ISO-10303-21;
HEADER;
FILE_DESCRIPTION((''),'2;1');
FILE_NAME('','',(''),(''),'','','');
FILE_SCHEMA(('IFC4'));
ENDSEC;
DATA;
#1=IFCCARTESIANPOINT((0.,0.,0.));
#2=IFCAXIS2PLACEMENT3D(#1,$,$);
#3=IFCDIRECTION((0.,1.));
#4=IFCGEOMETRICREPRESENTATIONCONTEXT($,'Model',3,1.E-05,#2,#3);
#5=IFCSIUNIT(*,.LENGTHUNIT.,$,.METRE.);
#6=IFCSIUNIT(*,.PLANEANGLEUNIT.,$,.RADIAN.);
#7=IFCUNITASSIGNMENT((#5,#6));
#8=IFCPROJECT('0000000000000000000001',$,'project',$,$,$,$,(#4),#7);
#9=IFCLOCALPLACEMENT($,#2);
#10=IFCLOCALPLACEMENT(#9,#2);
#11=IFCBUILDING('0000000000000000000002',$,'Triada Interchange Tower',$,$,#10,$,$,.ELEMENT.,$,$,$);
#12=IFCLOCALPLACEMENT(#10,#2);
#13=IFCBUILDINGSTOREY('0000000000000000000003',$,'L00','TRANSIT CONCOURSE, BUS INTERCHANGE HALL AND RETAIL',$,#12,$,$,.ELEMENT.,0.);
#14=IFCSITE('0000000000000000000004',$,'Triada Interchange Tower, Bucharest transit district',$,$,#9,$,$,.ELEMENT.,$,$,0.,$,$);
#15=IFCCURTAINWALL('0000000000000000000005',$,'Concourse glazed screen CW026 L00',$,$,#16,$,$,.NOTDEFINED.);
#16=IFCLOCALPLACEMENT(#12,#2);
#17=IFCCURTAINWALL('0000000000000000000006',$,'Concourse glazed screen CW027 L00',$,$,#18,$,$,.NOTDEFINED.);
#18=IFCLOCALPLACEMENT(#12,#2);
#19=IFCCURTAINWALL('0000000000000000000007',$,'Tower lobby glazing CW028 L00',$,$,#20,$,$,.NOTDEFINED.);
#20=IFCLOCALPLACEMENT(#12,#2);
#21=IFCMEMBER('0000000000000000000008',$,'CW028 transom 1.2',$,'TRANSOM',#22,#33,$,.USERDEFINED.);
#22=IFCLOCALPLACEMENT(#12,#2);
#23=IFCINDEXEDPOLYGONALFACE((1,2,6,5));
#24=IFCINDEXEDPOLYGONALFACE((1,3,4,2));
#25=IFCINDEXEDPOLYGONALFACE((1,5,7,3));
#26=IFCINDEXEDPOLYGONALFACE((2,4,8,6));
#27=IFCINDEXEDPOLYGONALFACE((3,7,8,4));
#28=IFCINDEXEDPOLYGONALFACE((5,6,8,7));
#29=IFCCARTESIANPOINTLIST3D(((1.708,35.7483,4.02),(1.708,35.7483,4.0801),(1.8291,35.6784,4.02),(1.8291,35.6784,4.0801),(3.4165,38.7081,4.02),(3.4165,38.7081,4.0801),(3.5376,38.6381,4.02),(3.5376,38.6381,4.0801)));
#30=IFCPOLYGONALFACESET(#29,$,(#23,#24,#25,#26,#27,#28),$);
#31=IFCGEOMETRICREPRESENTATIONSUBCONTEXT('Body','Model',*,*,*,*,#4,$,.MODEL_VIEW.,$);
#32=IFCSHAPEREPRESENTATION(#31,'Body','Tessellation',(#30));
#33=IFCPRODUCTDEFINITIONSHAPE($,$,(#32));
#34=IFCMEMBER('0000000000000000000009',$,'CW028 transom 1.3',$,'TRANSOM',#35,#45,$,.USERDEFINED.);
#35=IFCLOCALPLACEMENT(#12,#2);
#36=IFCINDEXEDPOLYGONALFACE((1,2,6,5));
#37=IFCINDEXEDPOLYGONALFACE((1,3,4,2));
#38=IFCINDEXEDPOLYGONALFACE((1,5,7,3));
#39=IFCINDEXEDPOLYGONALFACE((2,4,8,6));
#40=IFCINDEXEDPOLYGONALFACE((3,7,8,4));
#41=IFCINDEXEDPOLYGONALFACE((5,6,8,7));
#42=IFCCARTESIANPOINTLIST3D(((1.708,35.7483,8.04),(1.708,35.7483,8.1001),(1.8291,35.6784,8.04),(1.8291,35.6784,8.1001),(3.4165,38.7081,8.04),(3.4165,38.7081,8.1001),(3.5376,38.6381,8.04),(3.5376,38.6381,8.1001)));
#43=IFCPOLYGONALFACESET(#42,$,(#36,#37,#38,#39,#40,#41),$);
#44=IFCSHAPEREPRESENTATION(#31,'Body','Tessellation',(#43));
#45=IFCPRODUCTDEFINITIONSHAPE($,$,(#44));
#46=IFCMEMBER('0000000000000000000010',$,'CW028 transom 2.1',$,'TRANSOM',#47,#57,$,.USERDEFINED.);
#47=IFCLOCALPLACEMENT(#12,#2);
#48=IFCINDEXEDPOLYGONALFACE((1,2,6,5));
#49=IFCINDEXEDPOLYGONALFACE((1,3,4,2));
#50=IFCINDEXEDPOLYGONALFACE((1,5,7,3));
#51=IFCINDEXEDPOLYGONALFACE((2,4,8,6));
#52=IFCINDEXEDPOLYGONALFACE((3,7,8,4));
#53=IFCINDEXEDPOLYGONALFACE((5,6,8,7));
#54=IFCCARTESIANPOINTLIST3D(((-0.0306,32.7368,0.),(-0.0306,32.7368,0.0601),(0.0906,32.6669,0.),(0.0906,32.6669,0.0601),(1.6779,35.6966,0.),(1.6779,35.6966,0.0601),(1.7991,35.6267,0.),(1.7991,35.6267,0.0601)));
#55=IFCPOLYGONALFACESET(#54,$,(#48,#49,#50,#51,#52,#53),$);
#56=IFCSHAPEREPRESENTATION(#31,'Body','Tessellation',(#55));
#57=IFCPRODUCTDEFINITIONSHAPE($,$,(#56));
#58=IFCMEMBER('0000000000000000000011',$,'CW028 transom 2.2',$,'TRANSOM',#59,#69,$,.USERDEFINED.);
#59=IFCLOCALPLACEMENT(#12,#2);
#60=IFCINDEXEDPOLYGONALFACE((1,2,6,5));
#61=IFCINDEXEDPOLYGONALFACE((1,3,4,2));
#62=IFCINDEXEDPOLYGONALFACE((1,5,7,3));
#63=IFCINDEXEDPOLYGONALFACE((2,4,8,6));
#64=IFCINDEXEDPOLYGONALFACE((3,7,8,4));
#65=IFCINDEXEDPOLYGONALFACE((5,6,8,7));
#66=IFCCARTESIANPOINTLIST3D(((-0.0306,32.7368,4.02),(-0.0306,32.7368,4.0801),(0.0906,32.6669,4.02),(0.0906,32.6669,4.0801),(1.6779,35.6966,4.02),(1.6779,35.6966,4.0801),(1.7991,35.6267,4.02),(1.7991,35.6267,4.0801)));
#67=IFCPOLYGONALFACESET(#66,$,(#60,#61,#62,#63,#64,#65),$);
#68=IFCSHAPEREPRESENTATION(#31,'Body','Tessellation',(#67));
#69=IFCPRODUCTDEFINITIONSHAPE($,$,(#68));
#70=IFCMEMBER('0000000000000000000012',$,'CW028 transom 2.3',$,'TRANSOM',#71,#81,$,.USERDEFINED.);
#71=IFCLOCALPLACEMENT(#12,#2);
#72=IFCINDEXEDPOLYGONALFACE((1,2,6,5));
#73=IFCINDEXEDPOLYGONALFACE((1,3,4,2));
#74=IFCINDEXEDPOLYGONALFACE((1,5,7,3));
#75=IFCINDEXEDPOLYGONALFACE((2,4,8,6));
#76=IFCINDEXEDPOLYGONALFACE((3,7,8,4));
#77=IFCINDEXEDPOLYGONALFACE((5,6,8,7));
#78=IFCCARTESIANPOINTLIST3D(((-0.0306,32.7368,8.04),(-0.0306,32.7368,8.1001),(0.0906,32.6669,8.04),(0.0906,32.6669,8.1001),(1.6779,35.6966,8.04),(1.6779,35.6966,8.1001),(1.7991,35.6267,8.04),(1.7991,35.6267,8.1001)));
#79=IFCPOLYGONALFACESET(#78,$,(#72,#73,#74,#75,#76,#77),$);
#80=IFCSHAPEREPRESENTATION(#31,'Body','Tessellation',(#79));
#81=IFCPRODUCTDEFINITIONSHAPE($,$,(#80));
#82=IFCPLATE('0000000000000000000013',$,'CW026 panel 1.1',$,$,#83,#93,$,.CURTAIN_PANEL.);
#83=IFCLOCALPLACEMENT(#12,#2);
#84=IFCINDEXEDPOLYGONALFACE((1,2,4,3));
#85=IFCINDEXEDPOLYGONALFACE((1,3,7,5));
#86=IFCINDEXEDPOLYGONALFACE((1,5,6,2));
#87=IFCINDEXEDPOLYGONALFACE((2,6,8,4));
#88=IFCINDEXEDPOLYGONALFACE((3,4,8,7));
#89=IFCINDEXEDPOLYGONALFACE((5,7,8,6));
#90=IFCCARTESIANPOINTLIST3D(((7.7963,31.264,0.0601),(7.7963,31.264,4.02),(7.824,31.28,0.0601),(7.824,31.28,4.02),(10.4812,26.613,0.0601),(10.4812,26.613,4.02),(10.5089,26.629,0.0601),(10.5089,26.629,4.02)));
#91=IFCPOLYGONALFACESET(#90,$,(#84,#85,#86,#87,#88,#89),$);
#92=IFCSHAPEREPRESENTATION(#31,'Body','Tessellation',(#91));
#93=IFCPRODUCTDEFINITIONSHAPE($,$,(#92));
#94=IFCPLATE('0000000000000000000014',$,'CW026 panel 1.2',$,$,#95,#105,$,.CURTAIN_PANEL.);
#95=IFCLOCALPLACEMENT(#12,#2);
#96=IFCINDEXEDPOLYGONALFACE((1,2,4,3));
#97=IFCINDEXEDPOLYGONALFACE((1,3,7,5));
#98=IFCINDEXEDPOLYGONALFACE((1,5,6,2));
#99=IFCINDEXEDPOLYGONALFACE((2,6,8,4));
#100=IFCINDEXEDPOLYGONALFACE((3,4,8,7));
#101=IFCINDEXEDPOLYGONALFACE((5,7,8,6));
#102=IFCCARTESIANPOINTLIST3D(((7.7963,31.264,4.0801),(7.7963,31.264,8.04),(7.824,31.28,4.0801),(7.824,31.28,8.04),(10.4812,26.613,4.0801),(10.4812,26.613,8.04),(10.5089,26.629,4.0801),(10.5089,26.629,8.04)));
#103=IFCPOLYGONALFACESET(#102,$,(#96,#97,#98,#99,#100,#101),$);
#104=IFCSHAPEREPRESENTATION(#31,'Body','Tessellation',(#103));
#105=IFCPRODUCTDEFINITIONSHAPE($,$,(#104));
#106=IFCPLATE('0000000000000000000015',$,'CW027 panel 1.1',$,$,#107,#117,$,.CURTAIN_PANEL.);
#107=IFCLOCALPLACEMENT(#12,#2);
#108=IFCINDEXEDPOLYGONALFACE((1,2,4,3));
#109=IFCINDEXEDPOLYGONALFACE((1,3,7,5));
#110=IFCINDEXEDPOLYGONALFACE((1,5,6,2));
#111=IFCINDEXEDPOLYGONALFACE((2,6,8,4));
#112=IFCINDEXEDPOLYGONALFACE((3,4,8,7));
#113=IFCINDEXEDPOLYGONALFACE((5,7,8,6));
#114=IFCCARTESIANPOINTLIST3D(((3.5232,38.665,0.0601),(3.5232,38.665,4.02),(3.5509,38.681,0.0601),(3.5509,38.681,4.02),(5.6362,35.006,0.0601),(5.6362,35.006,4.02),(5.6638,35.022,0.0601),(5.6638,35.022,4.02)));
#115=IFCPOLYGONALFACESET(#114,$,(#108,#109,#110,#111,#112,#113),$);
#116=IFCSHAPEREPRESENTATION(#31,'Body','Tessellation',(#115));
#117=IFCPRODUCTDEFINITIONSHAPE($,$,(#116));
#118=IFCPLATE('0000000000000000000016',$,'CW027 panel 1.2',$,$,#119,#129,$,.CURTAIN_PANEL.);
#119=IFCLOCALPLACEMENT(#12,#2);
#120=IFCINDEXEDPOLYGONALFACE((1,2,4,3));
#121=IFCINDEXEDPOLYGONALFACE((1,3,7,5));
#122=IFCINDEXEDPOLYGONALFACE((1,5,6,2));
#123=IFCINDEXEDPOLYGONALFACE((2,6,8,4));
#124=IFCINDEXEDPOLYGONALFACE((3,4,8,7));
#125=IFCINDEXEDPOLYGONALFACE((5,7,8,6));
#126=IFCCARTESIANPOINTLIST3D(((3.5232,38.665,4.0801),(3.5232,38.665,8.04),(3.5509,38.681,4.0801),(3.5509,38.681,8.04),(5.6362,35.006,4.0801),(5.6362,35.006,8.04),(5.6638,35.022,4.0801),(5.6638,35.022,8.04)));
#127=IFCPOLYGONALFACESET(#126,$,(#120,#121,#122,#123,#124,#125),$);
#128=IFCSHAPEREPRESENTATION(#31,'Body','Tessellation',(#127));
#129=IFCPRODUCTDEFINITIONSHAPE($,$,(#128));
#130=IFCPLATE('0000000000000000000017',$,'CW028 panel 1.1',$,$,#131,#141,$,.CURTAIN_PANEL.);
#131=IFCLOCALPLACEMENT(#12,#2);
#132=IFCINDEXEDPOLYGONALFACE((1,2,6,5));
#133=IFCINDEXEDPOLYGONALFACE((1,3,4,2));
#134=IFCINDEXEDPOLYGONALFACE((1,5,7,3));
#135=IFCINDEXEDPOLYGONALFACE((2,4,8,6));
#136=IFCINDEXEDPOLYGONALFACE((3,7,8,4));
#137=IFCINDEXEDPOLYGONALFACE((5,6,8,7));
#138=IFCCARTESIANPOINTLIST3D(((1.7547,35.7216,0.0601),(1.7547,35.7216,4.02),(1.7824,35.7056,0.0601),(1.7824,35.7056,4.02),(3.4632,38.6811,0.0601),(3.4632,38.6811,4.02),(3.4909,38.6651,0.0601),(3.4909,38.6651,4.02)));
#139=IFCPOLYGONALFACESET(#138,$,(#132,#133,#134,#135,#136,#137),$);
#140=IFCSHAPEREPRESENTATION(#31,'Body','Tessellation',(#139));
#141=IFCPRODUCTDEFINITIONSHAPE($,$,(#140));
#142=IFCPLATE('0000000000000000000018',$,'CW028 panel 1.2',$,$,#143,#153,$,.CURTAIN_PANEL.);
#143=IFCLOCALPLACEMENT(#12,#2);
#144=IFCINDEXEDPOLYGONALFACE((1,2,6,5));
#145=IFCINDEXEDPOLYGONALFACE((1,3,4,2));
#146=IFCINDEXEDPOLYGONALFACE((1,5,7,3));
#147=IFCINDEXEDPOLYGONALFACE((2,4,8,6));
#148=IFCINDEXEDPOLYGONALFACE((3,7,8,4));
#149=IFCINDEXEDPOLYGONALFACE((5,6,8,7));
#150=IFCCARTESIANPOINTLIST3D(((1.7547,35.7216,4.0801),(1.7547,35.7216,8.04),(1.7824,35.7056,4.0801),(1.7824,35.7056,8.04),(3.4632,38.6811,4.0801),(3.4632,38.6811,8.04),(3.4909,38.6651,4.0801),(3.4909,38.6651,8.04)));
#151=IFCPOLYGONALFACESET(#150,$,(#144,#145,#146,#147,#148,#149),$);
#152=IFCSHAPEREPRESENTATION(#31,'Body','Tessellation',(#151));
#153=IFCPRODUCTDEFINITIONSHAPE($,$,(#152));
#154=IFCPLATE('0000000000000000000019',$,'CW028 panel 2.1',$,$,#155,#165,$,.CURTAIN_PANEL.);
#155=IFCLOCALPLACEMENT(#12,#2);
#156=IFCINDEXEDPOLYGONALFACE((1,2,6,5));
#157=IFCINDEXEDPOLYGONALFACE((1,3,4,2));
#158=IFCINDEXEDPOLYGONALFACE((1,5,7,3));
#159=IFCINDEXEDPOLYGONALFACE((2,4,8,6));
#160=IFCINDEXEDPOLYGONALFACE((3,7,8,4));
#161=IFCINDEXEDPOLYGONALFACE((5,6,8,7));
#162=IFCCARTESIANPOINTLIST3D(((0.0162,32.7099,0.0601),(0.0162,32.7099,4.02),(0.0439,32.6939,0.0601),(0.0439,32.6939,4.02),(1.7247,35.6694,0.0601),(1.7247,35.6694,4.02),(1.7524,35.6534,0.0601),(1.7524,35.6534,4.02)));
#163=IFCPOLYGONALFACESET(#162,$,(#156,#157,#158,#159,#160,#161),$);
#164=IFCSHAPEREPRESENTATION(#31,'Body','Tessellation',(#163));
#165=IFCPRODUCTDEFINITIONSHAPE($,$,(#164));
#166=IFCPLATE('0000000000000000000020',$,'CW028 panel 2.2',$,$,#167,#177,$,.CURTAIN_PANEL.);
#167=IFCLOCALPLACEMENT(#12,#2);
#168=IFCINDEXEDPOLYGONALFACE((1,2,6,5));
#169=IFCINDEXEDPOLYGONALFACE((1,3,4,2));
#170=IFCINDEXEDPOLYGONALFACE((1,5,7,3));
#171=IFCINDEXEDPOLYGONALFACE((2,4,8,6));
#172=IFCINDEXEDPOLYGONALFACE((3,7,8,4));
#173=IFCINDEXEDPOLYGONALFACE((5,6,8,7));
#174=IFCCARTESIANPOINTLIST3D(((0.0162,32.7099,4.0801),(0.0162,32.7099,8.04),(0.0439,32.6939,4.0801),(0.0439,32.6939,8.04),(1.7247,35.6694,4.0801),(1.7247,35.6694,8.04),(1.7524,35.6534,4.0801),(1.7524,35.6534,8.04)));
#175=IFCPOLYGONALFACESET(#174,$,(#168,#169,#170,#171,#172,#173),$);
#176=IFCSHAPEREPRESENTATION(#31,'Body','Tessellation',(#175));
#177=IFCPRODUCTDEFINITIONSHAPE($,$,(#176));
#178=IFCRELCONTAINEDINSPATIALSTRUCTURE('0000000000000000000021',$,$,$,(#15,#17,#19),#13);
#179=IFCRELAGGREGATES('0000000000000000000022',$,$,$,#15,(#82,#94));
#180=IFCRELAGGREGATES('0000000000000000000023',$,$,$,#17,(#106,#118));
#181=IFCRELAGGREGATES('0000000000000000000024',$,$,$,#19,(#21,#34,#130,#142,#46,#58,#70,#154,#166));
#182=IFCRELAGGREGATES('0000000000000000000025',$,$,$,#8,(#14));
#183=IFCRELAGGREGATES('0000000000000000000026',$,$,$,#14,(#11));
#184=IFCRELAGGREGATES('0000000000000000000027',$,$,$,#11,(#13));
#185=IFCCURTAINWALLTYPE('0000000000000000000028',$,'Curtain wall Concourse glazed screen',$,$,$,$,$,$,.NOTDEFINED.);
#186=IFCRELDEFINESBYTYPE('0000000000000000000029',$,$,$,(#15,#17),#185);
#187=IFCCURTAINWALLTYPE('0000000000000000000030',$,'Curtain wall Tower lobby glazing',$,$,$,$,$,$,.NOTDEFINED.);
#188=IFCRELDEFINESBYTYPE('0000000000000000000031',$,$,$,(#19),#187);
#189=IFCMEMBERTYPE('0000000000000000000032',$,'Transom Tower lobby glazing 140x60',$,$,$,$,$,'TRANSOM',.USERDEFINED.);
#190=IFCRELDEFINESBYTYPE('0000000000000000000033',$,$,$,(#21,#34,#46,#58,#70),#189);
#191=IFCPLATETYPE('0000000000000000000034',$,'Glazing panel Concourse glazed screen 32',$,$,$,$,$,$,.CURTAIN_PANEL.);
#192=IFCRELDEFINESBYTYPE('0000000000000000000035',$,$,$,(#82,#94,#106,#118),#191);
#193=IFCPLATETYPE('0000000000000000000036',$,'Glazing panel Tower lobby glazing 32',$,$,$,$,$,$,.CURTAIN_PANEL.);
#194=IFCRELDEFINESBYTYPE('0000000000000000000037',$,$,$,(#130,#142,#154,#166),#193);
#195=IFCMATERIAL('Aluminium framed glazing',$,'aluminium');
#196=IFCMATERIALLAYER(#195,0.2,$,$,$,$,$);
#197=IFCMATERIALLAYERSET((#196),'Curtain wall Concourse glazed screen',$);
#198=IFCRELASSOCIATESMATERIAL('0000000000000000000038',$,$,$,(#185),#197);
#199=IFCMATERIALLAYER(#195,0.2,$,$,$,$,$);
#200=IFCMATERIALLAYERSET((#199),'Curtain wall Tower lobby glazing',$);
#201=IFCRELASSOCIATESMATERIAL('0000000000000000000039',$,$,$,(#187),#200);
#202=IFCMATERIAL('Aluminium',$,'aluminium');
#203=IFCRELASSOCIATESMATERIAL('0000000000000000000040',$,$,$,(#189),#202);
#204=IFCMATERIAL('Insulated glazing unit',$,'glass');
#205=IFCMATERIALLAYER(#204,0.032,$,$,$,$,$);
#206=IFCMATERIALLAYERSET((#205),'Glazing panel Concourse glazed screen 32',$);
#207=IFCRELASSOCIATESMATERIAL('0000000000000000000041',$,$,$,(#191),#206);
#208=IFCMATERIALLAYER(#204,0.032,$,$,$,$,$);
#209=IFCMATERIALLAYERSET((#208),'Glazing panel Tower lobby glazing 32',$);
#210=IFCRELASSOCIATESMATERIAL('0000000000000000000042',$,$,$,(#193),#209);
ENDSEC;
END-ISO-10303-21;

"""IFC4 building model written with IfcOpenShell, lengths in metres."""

from ifc_helpers import new_model, si_unit, direction, frame, origin, origin_2d, place, context, subcontext, project, spatial, rectangle, extrude, material, layer, layer_set, material_profile, profile_set, type_object, element, aggregate, save


model = new_model("IFC4")

# Units and contexts
model_context = context("Model", 3, precision=1e-05, world=origin(), true_north=direction((0.0, 1.0)))
body_context = subcontext(model_context, "Body", "Model", "MODEL_VIEW")
ifc_project = project(units=[si_unit("LENGTHUNIT", "METRE"), si_unit("PLANEANGLEUNIT", "RADIAN")], contexts=[model_context])

# Site, building, storey
site_placement = place(None, origin())
site = spatial("IfcSite", under=ifc_project, at=site_placement, Name="Triada Interchange Tower, Bucharest transit district", CompositionType="ELEMENT", RefElevation=0.0)
building_placement = place(site_placement, origin())
building = spatial("IfcBuilding", under=site, at=building_placement, Name="Triada Interchange Tower", CompositionType="ELEMENT")
storey_placement = place(building_placement, origin())
storey = spatial("IfcBuildingStorey", under=building, at=storey_placement, Name="L00", Description="TRANSIT CONCOURSE, BUS INTERCHANGE HALL AND RETAIL", CompositionType="ELEMENT", Elevation=0.0)

# Curtain wall
ifc_material_1 = material(Name="Aluminium framed glazing", Category="aluminium")
ifc_layer_1 = layer(ifc_material_1, 0.2)
ifc_layer_set_1 = layer_set([ifc_layer_1], Name="Curtain wall Concourse glazed screen")
curtain_wall_type_1 = type_object("IfcCurtainWallType", Name="Curtain wall Concourse glazed screen", PredefinedType="NOTDEFINED", material=ifc_layer_set_1)
curtain_wall_1_placement = place(storey_placement, origin())
curtain_wall_1 = element("IfcCurtainWall", 1, at=curtain_wall_1_placement, inside=storey, type_object=curtain_wall_type_1, Name="Concourse glazed screen CW026 L00", PredefinedType="NOTDEFINED")
ifc_material_2 = material(Name="Aluminium", Category="aluminium")

# Curtain walls
curtain_wall_2_placement = place(storey_placement, origin())
curtain_wall_2 = element("IfcCurtainWall", 2, at=curtain_wall_2_placement, inside=storey, type_object=curtain_wall_type_1, Name="Concourse glazed screen CW027 L00", PredefinedType="NOTDEFINED")
ifc_layer_2 = layer(ifc_material_1, 0.2)
ifc_layer_set_2 = layer_set([ifc_layer_2], Name="Curtain wall Tower lobby glazing")
curtain_wall_type_2 = type_object("IfcCurtainWallType", Name="Curtain wall Tower lobby glazing", PredefinedType="NOTDEFINED", material=ifc_layer_set_2)
curtain_wall_3_placement = place(storey_placement, origin())
curtain_wall_3 = element("IfcCurtainWall", 3, at=curtain_wall_3_placement, inside=storey, type_object=curtain_wall_type_2, Name="Tower lobby glazing CW028 L00", PredefinedType="NOTDEFINED")

# Members
ifc_material_profile_1 = material_profile(ifc_material_2, rectangle(XDim=0.1399, YDim=0.0601, at=origin_2d()), Name="Aluminium transom")
ifc_profile_set_1 = profile_set([ifc_material_profile_1], Name="Aluminium")
member_type_1 = type_object("IfcMemberType", Name="Transom Tower lobby glazing 140x60", ElementType="TRANSOM", PredefinedType="USERDEFINED", material=ifc_profile_set_1)
member_1_placement = place(storey_placement, frame((3.4771, 38.6731, 4.05), z_axis=(-0.499935, -0.866063, 0.0), x_axis=(0.866063, -0.499935, 0.0)))
member_1 = element("IfcMember", 4, at=member_1_placement, type_object=member_type_1, Name="CW028 transom 1.2", ObjectType="TRANSOM", PredefinedType="USERDEFINED", context=body_context, shape_type="SweptSolid", body=[
    extrude(rectangle(XDim=0.1399, YDim=0.0601, at=origin_2d()), origin(), (0.0, 0.0, 1.0), 3.4175),
])
member_2_placement = place(storey_placement, frame((3.4771, 38.6731, 8.0701), z_axis=(-0.499935, -0.866063, 0.0), x_axis=(0.866063, -0.499935, 0.0)))
member_2 = element("IfcMember", 5, at=member_2_placement, type_object=member_type_1, Name="CW028 transom 1.3", ObjectType="TRANSOM", PredefinedType="USERDEFINED", context=body_context, shape_type="SweptSolid", body=[
    extrude(rectangle(XDim=0.1399, YDim=0.0601, at=origin_2d()), origin(), (0.0, 0.0, 1.0), 3.4175),
])
member_3_placement = place(storey_placement, frame((1.7385, 35.6616, 0.03), z_axis=(-0.499935, -0.866063, 0.0), x_axis=(0.866063, -0.499935, 0.0)))
member_3 = element("IfcMember", 6, at=member_3_placement, type_object=member_type_1, Name="CW028 transom 2.1", ObjectType="TRANSOM", PredefinedType="USERDEFINED", context=body_context, shape_type="SweptSolid", body=[
    extrude(rectangle(XDim=0.1399, YDim=0.0601, at=origin_2d()), origin(), (0.0, 0.0, 1.0), 3.4175),
])
member_4_placement = place(storey_placement, frame((1.7385, 35.6616, 4.05), z_axis=(-0.499935, -0.866063, 0.0), x_axis=(0.866063, -0.499935, 0.0)))
member_4 = element("IfcMember", 7, at=member_4_placement, type_object=member_type_1, Name="CW028 transom 2.2", ObjectType="TRANSOM", PredefinedType="USERDEFINED", context=body_context, shape_type="SweptSolid", body=[
    extrude(rectangle(XDim=0.1399, YDim=0.0601, at=origin_2d()), origin(), (0.0, 0.0, 1.0), 3.4175),
])
member_5_placement = place(storey_placement, frame((1.7385, 35.6616, 8.0701), z_axis=(-0.499935, -0.866063, 0.0), x_axis=(0.866063, -0.499935, 0.0)))
member_5 = element("IfcMember", 8, at=member_5_placement, type_object=member_type_1, Name="CW028 transom 2.3", ObjectType="TRANSOM", PredefinedType="USERDEFINED", context=body_context, shape_type="SweptSolid", body=[
    extrude(rectangle(XDim=0.1399, YDim=0.0601, at=origin_2d()), origin(), (0.0, 0.0, 1.0), 3.4175),
])

# Plates
ifc_material_3 = material(Name="Insulated glazing unit", Category="glass")
ifc_layer_3 = layer(ifc_material_3, 0.032)
ifc_layer_set_3 = layer_set([ifc_layer_3], Name="Glazing panel Concourse glazed screen 32")
plate_type_1 = type_object("IfcPlateType", Name="Glazing panel Concourse glazed screen 32", PredefinedType="CURTAIN_PANEL", material=ifc_layer_set_3)
plate_1_placement = place(storey_placement, frame((9.1526, 28.9465, 0.0601), z_axis=(0.0, 0.0, 1.0), x_axis=(-0.499959, 0.866049, 0.0)))
plate_1 = element("IfcPlate", 9, at=plate_1_placement, type_object=plate_type_1, Name="CW026 panel 1.1", PredefinedType="CURTAIN_PANEL", context=body_context, shape_type="SweptSolid", body=[
    extrude(rectangle(XDim=5.3704, YDim=0.032, at=origin_2d()), origin(), (0.0, 0.0, 1.0), 3.96),
])
plate_2_placement = place(storey_placement, frame((9.1526, 28.9465, 4.0801), z_axis=(0.0, 0.0, 1.0), x_axis=(-0.499959, 0.866049, 0.0)))
plate_2 = element("IfcPlate", 10, at=plate_2_placement, type_object=plate_type_1, Name="CW026 panel 1.2", PredefinedType="CURTAIN_PANEL", context=body_context, shape_type="SweptSolid", body=[
    extrude(rectangle(XDim=5.3704, YDim=0.032, at=origin_2d()), origin(), (0.0, 0.0, 1.0), 3.96),
])
aggregate(curtain_wall_1, [plate_1, plate_2])
plate_3_placement = place(storey_placement, frame((4.5935, 36.8435, 0.0601), z_axis=(0.0, 0.0, 1.0), x_axis=(-0.500074, 0.865982, 0.0)))
plate_3 = element("IfcPlate", 11, at=plate_3_placement, type_object=plate_type_1, Name="CW027 panel 1.1", PredefinedType="CURTAIN_PANEL", context=body_context, shape_type="SweptSolid", body=[
    extrude(rectangle(XDim=4.2253, YDim=0.032, at=origin_2d()), origin(), (0.0, 0.0, 1.0), 3.96),
])
plate_4_placement = place(storey_placement, frame((4.5935, 36.8435, 4.0801), z_axis=(0.0, 0.0, 1.0), x_axis=(-0.500074, 0.865982, 0.0)))
plate_4 = element("IfcPlate", 12, at=plate_4_placement, type_object=plate_type_1, Name="CW027 panel 1.2", PredefinedType="CURTAIN_PANEL", context=body_context, shape_type="SweptSolid", body=[
    extrude(rectangle(XDim=4.2253, YDim=0.032, at=origin_2d()), origin(), (0.0, 0.0, 1.0), 3.96),
])
aggregate(curtain_wall_2, [plate_3, plate_4])
ifc_layer_4 = layer(ifc_material_3, 0.032)
ifc_layer_set_4 = layer_set([ifc_layer_4], Name="Glazing panel Tower lobby glazing 32")
plate_type_2 = type_object("IfcPlateType", Name="Glazing panel Tower lobby glazing 32", PredefinedType="CURTAIN_PANEL", material=ifc_layer_set_4)
plate_5_placement = place(storey_placement, frame((2.6228, 37.1934, 0.0601), z_axis=(0.0, 0.0, 1.0), x_axis=(-0.499957, -0.86605, 0.0)))
plate_5 = element("IfcPlate", 13, at=plate_5_placement, type_object=plate_type_2, Name="CW028 panel 1.1", PredefinedType="CURTAIN_PANEL", context=body_context, shape_type="SweptSolid", body=[
    extrude(rectangle(XDim=3.4172, YDim=0.032, at=origin_2d()), origin(), (0.0, 0.0, 1.0), 3.96),
])
plate_6_placement = place(storey_placement, frame((2.6228, 37.1934, 4.0801), z_axis=(0.0, 0.0, 1.0), x_axis=(-0.499957, -0.86605, 0.0)))
plate_6 = element("IfcPlate", 14, at=plate_6_placement, type_object=plate_type_2, Name="CW028 panel 1.2", PredefinedType="CURTAIN_PANEL", context=body_context, shape_type="SweptSolid", body=[
    extrude(rectangle(XDim=3.4172, YDim=0.032, at=origin_2d()), origin(), (0.0, 0.0, 1.0), 3.96),
])
plate_7_placement = place(storey_placement, frame((0.8843, 34.1816, 0.0601), z_axis=(0.0, 0.0, 1.0), x_axis=(-0.499957, -0.86605, 0.0)))
plate_7 = element("IfcPlate", 15, at=plate_7_placement, type_object=plate_type_2, Name="CW028 panel 2.1", PredefinedType="CURTAIN_PANEL", context=body_context, shape_type="SweptSolid", body=[
    extrude(rectangle(XDim=3.4172, YDim=0.032, at=origin_2d()), origin(), (0.0, 0.0, 1.0), 3.96),
])
plate_8_placement = place(storey_placement, frame((0.8843, 34.1816, 4.0801), z_axis=(0.0, 0.0, 1.0), x_axis=(-0.499957, -0.86605, 0.0)))
plate_8 = element("IfcPlate", 16, at=plate_8_placement, type_object=plate_type_2, Name="CW028 panel 2.2", PredefinedType="CURTAIN_PANEL", context=body_context, shape_type="SweptSolid", body=[
    extrude(rectangle(XDim=3.4172, YDim=0.032, at=origin_2d()), origin(), (0.0, 0.0, 1.0), 3.96),
])
aggregate(curtain_wall_3, [member_1, member_2, plate_5, plate_6, member_3, member_4, member_5, plate_7, plate_8])

save(model, "model.ifc")
